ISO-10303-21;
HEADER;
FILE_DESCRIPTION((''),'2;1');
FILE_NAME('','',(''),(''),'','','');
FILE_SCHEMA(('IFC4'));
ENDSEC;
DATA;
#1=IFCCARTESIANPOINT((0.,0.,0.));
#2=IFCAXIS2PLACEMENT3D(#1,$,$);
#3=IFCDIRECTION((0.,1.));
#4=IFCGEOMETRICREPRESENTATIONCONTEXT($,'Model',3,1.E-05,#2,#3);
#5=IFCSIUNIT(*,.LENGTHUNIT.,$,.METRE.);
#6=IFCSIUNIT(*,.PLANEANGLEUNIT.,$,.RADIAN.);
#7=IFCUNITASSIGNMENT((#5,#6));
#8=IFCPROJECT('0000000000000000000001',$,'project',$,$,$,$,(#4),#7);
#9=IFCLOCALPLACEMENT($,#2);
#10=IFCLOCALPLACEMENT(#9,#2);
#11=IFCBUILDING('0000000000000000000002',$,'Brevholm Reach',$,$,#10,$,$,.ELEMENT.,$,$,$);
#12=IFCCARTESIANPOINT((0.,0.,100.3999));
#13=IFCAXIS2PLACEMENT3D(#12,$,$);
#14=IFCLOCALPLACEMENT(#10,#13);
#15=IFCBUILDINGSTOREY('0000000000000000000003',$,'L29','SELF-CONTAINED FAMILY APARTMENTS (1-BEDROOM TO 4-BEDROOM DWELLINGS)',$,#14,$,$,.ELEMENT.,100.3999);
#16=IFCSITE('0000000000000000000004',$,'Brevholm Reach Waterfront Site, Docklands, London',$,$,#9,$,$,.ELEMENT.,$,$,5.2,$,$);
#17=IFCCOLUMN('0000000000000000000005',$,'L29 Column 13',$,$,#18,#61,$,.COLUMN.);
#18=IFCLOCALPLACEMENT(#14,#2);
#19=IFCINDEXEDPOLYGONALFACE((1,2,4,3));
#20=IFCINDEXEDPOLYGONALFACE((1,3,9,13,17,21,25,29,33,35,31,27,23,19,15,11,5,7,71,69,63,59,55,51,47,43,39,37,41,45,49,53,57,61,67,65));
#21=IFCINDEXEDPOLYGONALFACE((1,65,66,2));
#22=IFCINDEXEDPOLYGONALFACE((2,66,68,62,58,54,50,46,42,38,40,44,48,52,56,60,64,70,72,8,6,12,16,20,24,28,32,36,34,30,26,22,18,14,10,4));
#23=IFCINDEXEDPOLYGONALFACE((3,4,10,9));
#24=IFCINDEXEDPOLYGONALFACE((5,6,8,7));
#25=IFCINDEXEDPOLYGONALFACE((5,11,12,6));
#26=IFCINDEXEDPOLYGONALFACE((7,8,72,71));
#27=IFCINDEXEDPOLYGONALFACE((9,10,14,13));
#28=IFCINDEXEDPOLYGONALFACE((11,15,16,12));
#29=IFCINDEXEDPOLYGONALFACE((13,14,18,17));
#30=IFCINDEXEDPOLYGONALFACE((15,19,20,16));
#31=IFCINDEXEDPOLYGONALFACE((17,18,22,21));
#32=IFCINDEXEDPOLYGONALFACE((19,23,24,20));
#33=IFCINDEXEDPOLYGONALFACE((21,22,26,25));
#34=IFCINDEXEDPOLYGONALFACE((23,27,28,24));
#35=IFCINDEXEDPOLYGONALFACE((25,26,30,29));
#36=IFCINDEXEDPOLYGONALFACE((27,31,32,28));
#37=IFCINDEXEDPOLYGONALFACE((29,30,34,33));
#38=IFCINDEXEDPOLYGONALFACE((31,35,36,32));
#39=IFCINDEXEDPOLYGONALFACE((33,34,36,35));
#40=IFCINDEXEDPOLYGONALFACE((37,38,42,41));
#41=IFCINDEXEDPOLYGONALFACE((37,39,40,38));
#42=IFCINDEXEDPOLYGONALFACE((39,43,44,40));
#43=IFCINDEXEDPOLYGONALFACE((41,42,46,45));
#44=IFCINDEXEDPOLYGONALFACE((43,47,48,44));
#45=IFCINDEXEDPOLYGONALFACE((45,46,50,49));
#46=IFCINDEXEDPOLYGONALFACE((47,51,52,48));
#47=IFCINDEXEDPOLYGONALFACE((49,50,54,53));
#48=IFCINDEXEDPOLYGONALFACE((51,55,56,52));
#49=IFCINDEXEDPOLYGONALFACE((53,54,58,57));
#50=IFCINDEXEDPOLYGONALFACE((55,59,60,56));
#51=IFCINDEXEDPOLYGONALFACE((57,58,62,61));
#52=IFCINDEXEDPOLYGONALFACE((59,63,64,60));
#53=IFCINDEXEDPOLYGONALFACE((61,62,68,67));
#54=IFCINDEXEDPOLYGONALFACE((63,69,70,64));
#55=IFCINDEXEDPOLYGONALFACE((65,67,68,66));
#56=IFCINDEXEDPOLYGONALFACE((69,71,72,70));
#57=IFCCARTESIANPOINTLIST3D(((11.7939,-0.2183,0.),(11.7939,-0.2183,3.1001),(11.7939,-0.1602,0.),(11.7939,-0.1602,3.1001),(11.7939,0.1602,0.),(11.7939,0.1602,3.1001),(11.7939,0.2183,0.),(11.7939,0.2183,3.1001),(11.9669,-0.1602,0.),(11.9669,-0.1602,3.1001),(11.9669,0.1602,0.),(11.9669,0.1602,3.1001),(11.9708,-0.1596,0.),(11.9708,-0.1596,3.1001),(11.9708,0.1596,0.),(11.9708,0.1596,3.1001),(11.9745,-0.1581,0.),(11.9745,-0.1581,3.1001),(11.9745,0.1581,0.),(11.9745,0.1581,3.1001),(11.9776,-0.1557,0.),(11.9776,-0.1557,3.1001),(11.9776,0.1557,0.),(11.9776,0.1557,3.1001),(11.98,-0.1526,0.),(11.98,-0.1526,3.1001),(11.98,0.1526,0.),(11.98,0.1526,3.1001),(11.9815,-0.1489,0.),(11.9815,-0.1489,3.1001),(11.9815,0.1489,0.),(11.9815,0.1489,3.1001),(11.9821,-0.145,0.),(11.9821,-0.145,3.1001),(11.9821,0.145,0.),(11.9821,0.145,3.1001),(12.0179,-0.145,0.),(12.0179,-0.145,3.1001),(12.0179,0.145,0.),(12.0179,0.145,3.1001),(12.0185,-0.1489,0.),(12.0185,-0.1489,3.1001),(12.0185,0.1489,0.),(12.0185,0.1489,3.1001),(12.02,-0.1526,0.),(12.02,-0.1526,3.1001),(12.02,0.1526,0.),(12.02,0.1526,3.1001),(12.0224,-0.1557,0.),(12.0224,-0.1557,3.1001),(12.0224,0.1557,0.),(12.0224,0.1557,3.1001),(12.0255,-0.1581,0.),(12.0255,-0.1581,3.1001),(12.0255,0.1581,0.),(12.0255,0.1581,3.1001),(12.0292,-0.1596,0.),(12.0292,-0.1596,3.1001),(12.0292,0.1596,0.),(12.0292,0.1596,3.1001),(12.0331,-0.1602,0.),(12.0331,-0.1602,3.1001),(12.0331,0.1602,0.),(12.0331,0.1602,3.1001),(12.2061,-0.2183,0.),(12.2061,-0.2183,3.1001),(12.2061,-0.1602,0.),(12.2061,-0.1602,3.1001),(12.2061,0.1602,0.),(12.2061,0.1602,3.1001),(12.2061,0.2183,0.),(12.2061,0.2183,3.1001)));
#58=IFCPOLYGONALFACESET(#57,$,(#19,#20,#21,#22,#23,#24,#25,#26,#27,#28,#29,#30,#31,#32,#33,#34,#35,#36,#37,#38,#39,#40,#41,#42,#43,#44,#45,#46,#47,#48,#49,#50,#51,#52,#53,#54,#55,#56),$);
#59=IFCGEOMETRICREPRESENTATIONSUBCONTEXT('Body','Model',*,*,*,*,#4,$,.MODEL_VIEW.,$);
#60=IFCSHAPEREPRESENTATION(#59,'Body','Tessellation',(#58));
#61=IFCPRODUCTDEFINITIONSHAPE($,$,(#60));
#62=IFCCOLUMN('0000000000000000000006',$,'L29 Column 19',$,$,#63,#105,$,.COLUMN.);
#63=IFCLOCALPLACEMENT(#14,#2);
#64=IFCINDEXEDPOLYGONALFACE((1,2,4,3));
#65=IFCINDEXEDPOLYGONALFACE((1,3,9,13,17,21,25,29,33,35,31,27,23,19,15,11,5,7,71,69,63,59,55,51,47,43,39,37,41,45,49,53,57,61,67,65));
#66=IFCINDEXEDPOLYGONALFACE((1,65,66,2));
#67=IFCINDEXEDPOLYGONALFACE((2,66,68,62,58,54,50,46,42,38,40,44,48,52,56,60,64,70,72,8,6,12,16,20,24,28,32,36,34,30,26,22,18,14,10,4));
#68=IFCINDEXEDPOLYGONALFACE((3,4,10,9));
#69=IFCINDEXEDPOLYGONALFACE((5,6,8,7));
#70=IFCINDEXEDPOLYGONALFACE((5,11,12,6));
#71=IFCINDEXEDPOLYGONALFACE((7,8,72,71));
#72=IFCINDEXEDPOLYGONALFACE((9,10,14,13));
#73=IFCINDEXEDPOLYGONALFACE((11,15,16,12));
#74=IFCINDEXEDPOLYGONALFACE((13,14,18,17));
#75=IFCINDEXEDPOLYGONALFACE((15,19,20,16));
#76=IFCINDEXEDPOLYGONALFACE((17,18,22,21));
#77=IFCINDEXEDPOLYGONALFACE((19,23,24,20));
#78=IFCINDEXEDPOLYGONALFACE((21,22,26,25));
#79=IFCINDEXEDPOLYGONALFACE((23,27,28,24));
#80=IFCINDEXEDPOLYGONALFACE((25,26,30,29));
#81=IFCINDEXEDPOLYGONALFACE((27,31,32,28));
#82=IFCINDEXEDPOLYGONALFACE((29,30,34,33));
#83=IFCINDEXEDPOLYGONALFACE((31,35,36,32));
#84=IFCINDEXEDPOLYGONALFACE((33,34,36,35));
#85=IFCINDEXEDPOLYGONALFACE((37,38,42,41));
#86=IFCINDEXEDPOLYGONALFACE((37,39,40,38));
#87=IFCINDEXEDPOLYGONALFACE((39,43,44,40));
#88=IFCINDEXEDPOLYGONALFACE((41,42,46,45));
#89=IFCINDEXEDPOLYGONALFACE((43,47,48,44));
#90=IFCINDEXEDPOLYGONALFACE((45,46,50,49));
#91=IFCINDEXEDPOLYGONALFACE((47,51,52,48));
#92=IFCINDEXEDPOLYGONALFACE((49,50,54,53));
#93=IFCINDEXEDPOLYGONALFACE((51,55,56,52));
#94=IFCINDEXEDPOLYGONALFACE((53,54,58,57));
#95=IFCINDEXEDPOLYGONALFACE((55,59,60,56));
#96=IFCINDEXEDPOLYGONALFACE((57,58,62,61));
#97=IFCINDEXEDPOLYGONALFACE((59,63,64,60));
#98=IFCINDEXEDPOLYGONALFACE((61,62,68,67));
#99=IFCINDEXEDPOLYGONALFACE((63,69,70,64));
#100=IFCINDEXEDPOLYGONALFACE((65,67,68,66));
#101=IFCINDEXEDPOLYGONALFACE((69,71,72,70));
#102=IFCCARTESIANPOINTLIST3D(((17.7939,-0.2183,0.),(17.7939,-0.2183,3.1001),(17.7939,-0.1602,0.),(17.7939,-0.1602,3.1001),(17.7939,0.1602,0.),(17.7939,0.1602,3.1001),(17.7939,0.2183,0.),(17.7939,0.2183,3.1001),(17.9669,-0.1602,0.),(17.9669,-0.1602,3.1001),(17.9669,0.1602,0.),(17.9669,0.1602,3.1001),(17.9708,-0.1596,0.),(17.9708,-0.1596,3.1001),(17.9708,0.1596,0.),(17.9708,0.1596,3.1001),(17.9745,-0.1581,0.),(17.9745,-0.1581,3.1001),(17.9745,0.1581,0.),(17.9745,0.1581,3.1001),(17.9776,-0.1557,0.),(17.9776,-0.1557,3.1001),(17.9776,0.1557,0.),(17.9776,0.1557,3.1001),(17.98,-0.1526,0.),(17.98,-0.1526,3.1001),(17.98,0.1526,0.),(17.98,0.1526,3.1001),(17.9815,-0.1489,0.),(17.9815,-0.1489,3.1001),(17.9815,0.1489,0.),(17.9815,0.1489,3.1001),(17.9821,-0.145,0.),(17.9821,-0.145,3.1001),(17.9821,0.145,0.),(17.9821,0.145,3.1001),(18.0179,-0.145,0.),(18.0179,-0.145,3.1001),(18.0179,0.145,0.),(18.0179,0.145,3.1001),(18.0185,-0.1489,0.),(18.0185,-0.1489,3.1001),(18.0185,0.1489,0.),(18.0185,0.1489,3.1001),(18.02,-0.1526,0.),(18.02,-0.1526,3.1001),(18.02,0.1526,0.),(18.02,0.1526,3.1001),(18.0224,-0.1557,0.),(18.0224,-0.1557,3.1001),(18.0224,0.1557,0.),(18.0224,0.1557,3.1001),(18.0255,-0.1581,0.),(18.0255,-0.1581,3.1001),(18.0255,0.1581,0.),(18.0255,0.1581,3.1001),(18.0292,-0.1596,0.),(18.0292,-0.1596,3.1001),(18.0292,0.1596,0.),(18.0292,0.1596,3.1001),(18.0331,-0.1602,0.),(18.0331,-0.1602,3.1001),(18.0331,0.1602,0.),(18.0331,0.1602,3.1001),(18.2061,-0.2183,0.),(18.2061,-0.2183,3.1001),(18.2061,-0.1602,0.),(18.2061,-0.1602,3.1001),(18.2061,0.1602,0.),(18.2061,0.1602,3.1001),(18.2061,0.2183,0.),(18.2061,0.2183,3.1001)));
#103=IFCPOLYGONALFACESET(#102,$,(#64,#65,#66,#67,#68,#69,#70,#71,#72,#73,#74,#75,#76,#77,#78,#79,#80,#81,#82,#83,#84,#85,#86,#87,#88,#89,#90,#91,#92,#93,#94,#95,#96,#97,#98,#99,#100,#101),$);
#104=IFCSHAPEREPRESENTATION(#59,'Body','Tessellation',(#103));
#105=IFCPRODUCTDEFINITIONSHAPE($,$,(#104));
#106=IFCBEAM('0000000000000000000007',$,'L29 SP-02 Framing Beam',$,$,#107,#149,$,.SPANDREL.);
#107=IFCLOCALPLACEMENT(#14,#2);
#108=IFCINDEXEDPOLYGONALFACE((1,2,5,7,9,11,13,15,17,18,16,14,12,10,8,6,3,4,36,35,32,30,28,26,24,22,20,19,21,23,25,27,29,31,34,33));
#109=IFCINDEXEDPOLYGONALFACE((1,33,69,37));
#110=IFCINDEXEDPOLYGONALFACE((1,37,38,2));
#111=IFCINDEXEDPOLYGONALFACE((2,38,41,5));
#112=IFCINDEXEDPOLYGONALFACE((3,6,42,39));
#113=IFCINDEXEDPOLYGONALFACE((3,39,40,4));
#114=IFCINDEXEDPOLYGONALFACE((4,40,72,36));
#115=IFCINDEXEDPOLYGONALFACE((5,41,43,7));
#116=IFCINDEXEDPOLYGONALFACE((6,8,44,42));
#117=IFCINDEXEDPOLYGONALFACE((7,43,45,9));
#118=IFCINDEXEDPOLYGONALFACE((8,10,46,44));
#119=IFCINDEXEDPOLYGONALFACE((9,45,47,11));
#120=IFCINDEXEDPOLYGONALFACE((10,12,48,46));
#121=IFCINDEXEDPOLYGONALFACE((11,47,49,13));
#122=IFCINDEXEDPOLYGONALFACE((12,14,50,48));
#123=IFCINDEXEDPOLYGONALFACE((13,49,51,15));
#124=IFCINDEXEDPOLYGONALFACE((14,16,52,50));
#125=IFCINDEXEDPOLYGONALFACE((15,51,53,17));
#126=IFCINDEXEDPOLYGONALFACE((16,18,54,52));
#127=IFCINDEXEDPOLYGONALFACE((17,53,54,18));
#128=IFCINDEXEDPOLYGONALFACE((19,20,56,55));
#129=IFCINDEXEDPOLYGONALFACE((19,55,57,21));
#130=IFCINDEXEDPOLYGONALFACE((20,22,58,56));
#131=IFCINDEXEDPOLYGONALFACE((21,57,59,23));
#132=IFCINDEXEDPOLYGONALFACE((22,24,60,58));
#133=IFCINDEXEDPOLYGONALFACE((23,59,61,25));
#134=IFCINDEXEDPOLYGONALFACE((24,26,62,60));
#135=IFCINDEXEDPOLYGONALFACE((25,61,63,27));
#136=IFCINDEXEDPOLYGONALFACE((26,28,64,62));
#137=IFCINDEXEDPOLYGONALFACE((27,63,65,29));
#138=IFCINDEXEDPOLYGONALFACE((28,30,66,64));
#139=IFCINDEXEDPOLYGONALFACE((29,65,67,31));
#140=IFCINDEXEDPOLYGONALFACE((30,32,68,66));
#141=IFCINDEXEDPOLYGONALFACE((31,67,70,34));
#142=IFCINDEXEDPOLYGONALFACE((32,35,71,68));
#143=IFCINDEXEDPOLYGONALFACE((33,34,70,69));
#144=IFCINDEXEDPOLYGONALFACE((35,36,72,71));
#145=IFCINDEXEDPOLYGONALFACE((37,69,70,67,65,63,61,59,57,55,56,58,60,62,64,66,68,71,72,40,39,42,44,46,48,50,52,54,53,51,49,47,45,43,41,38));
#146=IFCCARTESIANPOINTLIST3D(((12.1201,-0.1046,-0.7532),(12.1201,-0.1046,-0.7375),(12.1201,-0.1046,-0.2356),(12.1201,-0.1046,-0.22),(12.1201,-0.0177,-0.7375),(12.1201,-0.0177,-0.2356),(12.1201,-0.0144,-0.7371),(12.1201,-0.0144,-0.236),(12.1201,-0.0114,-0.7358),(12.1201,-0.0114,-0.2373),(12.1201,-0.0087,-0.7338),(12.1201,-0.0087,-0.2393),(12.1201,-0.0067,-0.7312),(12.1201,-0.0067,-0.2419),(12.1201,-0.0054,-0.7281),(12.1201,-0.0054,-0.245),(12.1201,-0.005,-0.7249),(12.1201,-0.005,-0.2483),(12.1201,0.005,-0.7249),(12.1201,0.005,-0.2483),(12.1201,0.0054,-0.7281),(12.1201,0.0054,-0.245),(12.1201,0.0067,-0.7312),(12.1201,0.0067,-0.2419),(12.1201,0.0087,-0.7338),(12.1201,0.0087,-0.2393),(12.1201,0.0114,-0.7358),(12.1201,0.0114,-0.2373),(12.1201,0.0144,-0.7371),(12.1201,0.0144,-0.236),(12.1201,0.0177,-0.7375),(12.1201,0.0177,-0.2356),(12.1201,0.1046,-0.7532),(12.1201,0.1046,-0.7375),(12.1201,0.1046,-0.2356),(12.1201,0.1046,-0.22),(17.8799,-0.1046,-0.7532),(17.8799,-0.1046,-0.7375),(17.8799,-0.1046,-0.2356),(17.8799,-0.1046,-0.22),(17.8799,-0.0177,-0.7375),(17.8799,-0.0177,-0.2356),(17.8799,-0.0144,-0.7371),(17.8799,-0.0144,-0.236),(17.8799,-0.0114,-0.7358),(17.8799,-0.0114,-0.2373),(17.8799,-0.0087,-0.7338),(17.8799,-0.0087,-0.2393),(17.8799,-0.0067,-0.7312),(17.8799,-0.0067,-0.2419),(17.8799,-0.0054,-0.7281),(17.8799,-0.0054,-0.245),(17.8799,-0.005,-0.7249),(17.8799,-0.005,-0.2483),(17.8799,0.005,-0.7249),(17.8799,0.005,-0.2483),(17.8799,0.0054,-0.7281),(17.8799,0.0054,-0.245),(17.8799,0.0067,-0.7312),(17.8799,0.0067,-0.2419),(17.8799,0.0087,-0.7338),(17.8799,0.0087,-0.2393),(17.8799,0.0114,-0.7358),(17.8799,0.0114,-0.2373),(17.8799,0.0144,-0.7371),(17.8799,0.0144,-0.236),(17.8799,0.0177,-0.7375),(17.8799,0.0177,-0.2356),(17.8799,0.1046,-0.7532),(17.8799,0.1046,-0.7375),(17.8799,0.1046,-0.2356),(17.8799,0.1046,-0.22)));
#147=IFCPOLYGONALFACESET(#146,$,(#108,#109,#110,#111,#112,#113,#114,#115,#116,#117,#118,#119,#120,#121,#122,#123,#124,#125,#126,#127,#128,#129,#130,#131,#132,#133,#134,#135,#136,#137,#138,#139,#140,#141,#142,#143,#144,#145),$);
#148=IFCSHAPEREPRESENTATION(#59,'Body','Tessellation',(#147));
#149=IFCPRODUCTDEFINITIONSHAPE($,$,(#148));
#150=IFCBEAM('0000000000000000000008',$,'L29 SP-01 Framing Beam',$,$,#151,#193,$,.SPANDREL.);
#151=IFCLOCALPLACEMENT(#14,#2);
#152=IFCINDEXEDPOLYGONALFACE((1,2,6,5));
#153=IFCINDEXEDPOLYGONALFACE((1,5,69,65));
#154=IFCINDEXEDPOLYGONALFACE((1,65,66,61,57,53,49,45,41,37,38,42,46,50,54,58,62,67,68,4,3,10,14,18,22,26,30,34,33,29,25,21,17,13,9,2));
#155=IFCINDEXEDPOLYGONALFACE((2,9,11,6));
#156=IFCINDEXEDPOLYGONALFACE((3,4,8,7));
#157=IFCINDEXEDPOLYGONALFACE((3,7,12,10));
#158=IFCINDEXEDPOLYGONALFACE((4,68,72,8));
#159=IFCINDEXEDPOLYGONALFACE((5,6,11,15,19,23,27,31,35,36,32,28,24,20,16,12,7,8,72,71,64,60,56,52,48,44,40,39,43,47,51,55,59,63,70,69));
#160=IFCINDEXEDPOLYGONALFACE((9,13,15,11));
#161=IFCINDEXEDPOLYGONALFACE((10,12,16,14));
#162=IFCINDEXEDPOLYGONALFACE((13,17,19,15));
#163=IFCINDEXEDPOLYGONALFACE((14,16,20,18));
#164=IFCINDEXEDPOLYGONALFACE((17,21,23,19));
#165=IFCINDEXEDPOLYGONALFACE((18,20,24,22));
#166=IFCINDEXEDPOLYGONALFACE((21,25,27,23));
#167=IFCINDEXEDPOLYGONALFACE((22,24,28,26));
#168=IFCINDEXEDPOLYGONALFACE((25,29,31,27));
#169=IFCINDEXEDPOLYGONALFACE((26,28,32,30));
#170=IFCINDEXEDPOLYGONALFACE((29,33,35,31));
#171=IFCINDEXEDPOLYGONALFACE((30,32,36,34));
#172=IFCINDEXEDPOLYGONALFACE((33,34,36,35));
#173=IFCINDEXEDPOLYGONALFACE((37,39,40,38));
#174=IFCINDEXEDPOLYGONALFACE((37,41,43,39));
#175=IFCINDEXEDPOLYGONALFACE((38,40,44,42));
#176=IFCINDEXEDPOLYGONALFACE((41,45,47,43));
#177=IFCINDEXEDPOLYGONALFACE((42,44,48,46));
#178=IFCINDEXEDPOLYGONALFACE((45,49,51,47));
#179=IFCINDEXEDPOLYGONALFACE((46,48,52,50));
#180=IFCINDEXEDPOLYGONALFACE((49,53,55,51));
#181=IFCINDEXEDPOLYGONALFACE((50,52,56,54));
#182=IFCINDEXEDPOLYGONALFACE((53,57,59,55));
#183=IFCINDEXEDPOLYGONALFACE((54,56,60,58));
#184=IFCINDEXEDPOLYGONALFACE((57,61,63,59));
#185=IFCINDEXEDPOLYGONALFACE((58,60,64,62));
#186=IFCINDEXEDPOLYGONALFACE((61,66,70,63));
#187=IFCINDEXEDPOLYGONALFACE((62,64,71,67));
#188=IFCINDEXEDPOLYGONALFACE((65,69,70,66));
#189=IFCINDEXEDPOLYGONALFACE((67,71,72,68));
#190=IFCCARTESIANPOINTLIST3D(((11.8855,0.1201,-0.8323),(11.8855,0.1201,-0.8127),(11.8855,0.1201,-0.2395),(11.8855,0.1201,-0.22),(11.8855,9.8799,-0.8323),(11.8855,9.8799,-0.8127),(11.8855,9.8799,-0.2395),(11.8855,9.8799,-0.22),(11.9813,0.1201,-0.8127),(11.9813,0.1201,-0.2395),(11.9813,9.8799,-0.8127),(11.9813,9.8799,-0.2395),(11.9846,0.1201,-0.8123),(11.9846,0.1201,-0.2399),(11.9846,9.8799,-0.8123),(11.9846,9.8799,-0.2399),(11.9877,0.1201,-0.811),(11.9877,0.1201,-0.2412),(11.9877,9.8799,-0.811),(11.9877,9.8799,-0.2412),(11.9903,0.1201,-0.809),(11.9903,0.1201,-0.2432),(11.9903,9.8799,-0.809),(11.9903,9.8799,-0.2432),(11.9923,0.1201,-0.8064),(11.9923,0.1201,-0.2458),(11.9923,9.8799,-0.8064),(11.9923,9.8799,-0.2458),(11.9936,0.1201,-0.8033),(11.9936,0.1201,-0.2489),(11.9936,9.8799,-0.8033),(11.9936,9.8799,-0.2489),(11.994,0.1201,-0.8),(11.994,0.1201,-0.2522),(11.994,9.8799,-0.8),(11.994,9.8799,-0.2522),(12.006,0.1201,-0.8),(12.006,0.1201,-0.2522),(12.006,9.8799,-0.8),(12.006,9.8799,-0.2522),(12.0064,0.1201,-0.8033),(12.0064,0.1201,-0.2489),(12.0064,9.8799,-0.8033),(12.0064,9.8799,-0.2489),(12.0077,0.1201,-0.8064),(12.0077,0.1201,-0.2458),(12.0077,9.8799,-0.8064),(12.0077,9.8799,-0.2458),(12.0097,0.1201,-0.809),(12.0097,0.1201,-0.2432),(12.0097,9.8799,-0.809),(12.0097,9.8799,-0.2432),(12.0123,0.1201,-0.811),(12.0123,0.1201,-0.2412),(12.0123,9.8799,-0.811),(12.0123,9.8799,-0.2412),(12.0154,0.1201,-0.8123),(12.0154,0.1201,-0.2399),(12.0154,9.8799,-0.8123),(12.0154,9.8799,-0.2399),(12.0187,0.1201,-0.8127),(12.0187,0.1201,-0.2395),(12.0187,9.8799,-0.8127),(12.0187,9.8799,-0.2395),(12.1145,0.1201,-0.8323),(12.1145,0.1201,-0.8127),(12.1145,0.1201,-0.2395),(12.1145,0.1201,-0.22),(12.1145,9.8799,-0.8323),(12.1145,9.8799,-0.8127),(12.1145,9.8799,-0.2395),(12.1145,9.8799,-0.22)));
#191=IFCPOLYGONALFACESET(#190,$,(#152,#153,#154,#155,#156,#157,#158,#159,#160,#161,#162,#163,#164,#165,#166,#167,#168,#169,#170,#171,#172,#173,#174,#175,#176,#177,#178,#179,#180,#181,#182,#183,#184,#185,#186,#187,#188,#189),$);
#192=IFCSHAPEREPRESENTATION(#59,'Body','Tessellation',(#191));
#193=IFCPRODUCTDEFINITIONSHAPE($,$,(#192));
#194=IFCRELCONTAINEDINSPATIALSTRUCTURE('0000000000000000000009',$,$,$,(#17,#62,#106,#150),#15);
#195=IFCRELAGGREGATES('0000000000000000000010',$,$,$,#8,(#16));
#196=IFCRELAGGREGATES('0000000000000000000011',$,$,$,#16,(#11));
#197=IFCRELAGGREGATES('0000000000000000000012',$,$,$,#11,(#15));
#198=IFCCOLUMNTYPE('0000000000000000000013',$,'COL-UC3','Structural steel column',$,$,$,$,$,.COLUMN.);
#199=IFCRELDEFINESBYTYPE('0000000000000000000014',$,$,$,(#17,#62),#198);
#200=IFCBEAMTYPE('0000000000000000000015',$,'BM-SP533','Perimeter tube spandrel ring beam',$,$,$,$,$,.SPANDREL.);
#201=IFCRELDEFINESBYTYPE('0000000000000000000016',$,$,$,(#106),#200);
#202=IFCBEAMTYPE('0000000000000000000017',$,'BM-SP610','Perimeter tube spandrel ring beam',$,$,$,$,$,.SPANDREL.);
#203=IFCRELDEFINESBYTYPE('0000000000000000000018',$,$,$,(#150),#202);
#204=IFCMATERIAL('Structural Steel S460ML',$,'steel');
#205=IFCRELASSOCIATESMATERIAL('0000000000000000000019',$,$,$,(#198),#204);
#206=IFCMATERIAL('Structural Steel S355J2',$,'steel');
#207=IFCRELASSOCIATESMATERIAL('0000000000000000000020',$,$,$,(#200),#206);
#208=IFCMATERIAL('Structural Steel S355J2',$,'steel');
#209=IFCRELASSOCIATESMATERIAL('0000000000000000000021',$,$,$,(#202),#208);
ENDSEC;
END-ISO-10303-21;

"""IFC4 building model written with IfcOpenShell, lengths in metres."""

from ifc_helpers import new_model, si_unit, direction, frame, origin, origin_2d, place, context, subcontext, project, spatial, i_section, extrude, material, material_profile, profile_set, type_object, element, save


model = new_model("IFC4")

# Units and contexts
model_context = context("Model", 3, precision=1e-05, world=origin(), true_north=direction((0.0, 1.0)))
body_context = subcontext(model_context, "Body", "Model", "MODEL_VIEW")
ifc_project = project(units=[si_unit("LENGTHUNIT", "METRE"), si_unit("PLANEANGLEUNIT", "RADIAN")], contexts=[model_context])

# Site, building, storey
site_placement = place(None, origin())
site = spatial("IfcSite", under=ifc_project, at=site_placement, Name="Brevholm Reach Waterfront Site, Docklands, London", CompositionType="ELEMENT", RefElevation=5.2)
building_placement = place(site_placement, origin())
building = spatial("IfcBuilding", under=site, at=building_placement, Name="Brevholm Reach", CompositionType="ELEMENT")
storey_placement = place(building_placement, frame((0.0, 0.0, 100.3999)))
storey = spatial("IfcBuildingStorey", under=building, at=storey_placement, Name="L29", Description="SELF-CONTAINED FAMILY APARTMENTS (1-BEDROOM TO 4-BEDROOM DWELLINGS)", CompositionType="ELEMENT", Elevation=100.3999)

# Columns
ifc_material_1 = material(Name="Structural Steel S460ML", Category="steel")
ifc_material_profile_1 = material_profile(ifc_material_1, i_section(OverallWidth=0.4121, OverallDepth=0.4365, WebThickness=0.0359, FlangeThickness=0.0581, FilletRadius=0.0151, at=origin_2d()), Name="UKC 356x406x467")
ifc_profile_set_1 = profile_set([ifc_material_profile_1], Name="Structural Steel S460ML")
column_type = type_object("IfcColumnType", Name="COL-UC3", Description="Structural steel column", PredefinedType="COLUMN", material=ifc_profile_set_1)
for number, where, z_axis, x_axis, name in (
    (1, (12.0, 0.0, 0.0), (0.0, 0.0, 1.0), (1.0, 0.0, 0.0), "L29 Column 13"),
    (2, (18.0, 0.0, 0.0), (0.0, 0.0, 1.0), (1.0, 0.0, 0.0), "L29 Column 19"),
):
    element("IfcColumn", number, at=place(storey_placement, frame(where, z_axis=z_axis, x_axis=x_axis)), inside=storey, type_object=column_type, Name=name, PredefinedType="COLUMN", context=body_context, shape_type="SweptSolid", body=[
        extrude(i_section(OverallWidth=0.4121, OverallDepth=0.4365, WebThickness=0.0359, FlangeThickness=0.0581, FilletRadius=0.0151, at=origin_2d()), origin(), (0.0, 0.0, 1.0), 3.1001),
    ])

# Beams
ifc_material_2 = material(Name="Structural Steel S355J2", Category="steel")
ifc_material_profile_2 = material_profile(ifc_material_2, i_section(OverallWidth=0.2092, OverallDepth=0.5332, WebThickness=0.01, FlangeThickness=0.0156, FilletRadius=0.0127, at=origin_2d()), Name="UKB 533x210x92")
ifc_profile_set_2 = profile_set([ifc_material_profile_2], Name="Structural Steel S355J2")
beam_type_1 = type_object("IfcBeamType", Name="BM-SP533", Description="Perimeter tube spandrel ring beam", PredefinedType="SPANDREL", material=ifc_profile_set_2)
beam_1_placement = place(storey_placement, frame((12.1201, 0.0, -0.4866), z_axis=(1.0, 0.0, 0.0), x_axis=(0.0, 1.0, 0.0)))
element("IfcBeam", 3, at=beam_1_placement, inside=storey, type_object=beam_type_1, Name="L29 SP-02 Framing Beam", PredefinedType="SPANDREL", context=body_context, shape_type="SweptSolid", body=[
    extrude(i_section(OverallWidth=0.2092, OverallDepth=0.5332, WebThickness=0.01, FlangeThickness=0.0156, FilletRadius=0.0127, at=origin_2d()), origin(), (0.0, 0.0, 1.0), 5.7598),
])
ifc_material_3 = material(Name="Structural Steel S355J2", Category="steel")
ifc_material_profile_3 = material_profile(ifc_material_3, i_section(OverallWidth=0.229, OverallDepth=0.6123, WebThickness=0.012, FlangeThickness=0.0195, FilletRadius=0.0127, at=origin_2d()), Name="UKB 610x229x125")
ifc_profile_set_3 = profile_set([ifc_material_profile_3], Name="Structural Steel S355J2")
beam_type_2 = type_object("IfcBeamType", Name="BM-SP610", Description="Perimeter tube spandrel ring beam", PredefinedType="SPANDREL", material=ifc_profile_set_3)
beam_2_placement = place(storey_placement, frame((12.0, 0.1201, -0.5261), z_axis=(0.0, 1.0, 0.0), x_axis=(-1.0, 0.0, 0.0)))
element("IfcBeam", 4, at=beam_2_placement, inside=storey, type_object=beam_type_2, Name="L29 SP-01 Framing Beam", PredefinedType="SPANDREL", context=body_context, shape_type="SweptSolid", body=[
    extrude(i_section(OverallWidth=0.229, OverallDepth=0.6123, WebThickness=0.012, FlangeThickness=0.0195, FilletRadius=0.0127, at=origin_2d()), origin(), (0.0, 0.0, 1.0), 9.7598),
])

save(model, "model.ifc")
